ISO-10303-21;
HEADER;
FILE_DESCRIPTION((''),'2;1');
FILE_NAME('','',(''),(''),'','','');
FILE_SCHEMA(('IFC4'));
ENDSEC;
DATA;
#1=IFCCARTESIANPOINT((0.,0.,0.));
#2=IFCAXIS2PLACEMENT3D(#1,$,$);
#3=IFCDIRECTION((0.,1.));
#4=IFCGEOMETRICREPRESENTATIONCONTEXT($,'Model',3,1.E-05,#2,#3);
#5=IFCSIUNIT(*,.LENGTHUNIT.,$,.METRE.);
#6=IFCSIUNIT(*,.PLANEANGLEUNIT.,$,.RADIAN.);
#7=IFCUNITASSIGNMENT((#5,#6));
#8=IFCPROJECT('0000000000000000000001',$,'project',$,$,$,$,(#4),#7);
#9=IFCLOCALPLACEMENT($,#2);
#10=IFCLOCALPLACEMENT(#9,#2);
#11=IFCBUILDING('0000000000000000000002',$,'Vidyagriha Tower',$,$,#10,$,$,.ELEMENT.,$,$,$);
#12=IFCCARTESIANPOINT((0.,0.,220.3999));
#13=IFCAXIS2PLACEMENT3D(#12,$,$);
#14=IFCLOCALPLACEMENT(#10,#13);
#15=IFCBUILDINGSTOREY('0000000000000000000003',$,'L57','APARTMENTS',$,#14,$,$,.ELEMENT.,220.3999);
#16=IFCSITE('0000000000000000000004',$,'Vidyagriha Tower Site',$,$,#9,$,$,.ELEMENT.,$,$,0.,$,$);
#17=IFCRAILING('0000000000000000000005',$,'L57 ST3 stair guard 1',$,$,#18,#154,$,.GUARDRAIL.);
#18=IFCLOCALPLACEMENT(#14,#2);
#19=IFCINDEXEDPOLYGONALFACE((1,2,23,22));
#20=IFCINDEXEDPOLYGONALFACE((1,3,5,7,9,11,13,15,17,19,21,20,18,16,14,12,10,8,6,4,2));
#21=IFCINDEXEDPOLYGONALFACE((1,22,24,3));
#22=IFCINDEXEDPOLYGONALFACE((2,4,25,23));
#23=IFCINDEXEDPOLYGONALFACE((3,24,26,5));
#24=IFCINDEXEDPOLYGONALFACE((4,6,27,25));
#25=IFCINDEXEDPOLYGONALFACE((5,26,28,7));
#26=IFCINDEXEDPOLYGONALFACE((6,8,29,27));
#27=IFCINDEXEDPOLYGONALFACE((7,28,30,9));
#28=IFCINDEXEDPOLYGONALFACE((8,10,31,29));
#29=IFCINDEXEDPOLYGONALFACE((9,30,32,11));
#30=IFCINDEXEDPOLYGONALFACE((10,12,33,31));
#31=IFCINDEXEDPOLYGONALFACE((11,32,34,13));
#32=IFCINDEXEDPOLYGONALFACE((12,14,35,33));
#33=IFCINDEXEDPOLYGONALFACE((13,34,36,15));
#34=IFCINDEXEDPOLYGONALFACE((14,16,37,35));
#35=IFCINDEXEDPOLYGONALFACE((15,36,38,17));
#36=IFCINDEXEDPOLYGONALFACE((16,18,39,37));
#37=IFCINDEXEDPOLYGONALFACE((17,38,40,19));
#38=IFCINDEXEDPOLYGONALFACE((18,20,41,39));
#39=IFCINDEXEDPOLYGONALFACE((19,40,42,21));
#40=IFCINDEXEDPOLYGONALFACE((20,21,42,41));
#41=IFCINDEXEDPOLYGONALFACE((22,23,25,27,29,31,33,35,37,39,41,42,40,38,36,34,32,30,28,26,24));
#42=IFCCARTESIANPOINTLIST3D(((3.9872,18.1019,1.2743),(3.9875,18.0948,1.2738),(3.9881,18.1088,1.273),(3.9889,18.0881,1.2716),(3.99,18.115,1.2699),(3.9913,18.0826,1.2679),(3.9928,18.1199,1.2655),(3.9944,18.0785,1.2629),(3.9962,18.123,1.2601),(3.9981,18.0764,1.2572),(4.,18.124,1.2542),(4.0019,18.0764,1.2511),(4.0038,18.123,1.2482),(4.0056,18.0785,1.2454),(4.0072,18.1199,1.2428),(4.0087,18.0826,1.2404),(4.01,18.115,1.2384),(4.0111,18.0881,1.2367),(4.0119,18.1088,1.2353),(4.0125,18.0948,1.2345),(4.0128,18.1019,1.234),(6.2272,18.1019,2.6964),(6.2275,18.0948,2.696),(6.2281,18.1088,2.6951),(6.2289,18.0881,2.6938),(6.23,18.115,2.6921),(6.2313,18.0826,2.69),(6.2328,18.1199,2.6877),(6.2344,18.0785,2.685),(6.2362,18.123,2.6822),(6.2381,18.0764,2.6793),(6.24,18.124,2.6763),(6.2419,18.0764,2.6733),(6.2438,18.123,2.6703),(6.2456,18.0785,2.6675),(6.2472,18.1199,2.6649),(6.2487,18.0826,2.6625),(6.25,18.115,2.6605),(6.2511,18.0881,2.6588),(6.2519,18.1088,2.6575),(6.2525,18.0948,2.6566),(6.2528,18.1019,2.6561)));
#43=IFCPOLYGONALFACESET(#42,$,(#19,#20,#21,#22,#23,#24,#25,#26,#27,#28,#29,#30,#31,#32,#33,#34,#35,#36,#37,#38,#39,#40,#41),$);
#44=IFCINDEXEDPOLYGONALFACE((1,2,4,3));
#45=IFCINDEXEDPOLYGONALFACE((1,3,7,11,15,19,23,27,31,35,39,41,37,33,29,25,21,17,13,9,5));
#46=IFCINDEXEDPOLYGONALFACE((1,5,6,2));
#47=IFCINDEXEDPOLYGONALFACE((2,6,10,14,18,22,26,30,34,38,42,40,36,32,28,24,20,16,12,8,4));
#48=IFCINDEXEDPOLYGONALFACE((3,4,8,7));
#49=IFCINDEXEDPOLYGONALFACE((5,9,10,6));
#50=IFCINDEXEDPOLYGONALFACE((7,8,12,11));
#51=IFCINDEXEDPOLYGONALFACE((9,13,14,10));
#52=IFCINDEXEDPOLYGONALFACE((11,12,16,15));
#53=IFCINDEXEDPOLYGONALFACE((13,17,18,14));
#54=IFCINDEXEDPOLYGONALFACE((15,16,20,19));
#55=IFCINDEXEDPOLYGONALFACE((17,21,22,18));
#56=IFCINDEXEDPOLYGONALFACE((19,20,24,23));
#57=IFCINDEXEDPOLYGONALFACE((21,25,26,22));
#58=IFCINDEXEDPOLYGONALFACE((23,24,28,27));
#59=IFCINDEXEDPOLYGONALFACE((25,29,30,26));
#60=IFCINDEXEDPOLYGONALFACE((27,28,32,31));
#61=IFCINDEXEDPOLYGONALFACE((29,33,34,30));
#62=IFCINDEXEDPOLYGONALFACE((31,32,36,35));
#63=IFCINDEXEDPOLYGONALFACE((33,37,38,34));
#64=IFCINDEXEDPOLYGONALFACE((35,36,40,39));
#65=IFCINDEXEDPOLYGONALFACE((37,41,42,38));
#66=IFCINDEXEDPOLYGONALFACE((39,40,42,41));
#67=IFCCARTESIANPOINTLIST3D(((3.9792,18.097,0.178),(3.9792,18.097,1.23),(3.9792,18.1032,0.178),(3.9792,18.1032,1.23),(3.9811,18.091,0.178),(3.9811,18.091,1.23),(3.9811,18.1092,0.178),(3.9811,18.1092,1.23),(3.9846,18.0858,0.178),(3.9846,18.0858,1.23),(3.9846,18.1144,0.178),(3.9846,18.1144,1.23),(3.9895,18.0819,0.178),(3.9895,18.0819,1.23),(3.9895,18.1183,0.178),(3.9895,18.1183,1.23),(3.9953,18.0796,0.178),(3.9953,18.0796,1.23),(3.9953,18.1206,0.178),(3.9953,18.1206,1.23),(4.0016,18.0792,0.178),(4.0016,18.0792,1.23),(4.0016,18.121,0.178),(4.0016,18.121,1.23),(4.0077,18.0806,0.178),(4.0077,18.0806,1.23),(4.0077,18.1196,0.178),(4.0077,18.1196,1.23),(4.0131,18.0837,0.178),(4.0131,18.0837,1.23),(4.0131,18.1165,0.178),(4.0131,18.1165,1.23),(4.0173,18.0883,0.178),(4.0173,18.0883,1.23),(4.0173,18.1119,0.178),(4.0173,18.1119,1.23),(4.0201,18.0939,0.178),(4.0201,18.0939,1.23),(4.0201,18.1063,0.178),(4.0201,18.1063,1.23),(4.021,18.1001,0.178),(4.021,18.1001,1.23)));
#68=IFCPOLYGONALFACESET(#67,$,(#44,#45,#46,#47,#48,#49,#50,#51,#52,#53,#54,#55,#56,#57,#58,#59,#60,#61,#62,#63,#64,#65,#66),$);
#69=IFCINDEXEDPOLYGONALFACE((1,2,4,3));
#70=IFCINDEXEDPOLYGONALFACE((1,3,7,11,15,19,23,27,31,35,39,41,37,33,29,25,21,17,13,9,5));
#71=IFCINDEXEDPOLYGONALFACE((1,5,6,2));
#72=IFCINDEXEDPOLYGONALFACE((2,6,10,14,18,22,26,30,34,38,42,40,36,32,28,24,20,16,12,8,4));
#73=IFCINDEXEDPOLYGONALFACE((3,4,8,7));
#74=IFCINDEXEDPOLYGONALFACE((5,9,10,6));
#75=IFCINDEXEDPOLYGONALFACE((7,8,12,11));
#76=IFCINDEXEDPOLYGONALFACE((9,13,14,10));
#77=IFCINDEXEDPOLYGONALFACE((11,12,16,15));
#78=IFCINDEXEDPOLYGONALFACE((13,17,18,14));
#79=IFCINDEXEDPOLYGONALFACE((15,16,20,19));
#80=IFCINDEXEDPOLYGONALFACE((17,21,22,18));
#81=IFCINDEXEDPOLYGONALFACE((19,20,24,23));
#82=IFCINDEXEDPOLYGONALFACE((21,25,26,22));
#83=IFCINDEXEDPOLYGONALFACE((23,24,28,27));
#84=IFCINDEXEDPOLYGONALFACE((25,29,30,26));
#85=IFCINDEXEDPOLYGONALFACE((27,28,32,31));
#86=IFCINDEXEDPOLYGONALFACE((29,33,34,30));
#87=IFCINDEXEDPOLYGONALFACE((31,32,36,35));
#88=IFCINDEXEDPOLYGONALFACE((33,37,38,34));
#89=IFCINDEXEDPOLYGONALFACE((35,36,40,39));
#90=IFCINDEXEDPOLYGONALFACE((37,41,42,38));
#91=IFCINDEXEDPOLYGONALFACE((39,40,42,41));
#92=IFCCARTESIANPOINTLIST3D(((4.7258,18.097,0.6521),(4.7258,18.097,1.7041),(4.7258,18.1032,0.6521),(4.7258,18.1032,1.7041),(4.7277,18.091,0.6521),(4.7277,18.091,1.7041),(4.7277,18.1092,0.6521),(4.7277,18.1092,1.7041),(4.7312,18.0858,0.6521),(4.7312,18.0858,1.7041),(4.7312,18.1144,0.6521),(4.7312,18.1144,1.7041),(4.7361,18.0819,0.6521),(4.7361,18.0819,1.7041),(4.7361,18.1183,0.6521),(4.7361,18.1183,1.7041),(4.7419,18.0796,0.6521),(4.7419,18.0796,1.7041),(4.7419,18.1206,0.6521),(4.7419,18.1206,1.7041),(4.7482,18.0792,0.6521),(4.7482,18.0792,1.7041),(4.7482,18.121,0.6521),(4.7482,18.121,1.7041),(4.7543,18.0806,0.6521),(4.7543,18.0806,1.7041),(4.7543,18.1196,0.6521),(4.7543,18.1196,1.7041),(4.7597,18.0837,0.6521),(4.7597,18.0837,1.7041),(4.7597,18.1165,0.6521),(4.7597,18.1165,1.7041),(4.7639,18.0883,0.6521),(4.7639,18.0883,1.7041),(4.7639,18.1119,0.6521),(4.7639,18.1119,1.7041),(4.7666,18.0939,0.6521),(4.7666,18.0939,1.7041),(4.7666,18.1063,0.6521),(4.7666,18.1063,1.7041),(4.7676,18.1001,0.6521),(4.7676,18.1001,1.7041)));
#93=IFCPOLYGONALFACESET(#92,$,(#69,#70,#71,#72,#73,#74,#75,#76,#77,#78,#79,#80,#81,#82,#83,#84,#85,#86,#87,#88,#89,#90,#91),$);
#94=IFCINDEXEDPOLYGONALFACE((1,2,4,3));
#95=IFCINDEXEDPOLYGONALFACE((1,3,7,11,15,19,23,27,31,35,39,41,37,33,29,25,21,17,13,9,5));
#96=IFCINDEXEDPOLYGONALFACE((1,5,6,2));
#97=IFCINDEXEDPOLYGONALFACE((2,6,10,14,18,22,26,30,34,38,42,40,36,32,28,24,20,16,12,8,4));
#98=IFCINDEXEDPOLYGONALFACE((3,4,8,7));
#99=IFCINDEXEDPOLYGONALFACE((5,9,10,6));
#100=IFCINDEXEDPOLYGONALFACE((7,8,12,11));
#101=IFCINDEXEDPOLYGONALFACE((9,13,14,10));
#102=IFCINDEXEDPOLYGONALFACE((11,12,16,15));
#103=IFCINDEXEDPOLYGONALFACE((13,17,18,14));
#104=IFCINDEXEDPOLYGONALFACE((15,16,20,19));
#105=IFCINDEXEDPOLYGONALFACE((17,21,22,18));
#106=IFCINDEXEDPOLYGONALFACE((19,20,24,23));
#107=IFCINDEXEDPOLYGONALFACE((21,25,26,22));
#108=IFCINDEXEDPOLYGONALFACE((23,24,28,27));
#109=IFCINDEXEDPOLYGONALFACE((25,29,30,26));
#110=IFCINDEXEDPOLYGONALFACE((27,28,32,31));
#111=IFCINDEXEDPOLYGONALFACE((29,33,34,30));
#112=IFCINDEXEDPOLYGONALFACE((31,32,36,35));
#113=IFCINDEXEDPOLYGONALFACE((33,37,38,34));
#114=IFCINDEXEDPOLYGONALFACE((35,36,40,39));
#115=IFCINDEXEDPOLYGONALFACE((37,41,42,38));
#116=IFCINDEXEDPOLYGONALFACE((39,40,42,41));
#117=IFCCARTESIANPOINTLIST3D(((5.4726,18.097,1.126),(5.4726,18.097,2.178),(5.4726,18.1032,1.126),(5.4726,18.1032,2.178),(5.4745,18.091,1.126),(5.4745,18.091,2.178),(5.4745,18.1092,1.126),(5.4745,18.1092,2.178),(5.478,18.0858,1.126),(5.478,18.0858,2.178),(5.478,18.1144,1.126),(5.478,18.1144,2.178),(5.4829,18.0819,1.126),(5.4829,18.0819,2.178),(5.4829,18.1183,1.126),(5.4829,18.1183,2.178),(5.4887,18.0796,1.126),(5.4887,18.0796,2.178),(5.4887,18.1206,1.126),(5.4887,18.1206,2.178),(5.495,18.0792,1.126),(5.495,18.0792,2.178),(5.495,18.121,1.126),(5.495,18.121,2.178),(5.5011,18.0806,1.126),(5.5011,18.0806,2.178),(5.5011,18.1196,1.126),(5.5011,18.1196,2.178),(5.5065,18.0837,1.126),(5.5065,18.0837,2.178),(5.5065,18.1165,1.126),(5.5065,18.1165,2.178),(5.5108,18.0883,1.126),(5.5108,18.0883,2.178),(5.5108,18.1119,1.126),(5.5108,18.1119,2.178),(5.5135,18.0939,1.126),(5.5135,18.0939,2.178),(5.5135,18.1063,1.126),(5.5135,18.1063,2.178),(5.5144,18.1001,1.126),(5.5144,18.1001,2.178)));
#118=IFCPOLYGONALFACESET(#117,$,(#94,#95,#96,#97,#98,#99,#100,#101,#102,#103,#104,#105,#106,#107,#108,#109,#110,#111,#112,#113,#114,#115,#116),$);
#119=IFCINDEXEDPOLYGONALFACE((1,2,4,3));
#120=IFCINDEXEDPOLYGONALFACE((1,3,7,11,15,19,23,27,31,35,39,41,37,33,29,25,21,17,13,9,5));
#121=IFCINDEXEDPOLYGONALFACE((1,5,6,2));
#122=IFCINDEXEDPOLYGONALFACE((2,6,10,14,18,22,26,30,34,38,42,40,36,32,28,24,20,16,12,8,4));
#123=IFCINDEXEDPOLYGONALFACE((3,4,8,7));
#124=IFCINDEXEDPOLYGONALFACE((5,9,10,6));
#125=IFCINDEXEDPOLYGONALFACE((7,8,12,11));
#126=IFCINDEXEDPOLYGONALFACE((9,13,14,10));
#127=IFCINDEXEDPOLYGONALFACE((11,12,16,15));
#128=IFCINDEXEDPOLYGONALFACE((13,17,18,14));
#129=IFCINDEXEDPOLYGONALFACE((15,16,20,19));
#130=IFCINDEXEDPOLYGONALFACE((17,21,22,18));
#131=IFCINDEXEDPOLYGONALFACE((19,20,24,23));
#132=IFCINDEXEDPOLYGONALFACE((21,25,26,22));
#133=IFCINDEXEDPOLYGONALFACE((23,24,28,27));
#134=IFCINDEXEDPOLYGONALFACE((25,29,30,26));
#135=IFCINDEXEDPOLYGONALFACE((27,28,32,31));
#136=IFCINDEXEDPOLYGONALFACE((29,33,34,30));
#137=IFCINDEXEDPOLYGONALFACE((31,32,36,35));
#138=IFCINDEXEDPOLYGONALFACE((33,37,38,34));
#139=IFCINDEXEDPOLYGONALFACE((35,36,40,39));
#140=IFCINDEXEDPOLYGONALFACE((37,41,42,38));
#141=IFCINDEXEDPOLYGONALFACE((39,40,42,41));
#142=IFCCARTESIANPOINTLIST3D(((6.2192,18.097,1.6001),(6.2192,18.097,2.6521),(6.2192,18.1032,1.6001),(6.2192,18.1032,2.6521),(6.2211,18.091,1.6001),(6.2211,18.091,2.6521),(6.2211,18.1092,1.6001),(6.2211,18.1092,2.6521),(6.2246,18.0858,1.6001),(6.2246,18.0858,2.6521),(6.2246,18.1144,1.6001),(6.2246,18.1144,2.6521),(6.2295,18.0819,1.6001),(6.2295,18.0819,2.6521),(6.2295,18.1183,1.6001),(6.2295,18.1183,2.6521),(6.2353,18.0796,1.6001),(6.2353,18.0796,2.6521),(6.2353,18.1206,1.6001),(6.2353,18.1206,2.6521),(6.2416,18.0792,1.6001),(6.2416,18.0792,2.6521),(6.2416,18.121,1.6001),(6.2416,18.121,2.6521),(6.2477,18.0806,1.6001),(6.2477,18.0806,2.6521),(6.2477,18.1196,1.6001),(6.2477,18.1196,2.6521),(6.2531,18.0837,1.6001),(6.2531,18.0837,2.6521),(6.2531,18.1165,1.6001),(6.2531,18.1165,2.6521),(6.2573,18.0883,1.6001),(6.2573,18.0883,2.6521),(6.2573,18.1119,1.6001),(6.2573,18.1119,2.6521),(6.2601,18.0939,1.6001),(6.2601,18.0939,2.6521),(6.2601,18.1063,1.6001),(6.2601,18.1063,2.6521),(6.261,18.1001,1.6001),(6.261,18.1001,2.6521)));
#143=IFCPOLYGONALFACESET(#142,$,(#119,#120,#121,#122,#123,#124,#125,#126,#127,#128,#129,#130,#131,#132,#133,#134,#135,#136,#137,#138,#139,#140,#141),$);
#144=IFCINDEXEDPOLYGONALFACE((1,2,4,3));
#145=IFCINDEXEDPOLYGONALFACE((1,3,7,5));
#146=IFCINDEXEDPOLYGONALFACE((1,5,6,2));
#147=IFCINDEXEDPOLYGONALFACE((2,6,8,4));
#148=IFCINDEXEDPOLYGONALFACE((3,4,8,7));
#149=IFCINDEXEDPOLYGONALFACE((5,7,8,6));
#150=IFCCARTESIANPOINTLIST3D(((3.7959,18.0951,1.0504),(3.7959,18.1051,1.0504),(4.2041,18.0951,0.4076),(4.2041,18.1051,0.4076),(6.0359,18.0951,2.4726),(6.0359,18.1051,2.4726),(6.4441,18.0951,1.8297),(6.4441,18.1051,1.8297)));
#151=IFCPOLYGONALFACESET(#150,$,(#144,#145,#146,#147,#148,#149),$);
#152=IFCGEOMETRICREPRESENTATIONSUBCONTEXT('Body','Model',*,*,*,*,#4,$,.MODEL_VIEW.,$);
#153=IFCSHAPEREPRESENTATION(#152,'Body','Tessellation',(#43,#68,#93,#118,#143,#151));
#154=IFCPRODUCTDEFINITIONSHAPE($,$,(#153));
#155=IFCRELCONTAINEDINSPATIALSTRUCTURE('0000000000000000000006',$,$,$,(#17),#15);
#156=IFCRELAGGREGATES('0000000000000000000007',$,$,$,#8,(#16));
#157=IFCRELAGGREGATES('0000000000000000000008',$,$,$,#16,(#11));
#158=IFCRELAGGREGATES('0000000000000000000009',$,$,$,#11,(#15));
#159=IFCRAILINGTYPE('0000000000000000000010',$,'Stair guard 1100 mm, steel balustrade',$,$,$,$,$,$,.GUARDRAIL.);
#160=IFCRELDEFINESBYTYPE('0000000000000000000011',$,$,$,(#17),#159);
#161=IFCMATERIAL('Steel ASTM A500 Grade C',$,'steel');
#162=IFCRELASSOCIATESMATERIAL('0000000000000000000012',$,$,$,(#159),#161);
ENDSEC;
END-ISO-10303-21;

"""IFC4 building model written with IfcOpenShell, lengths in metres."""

from ifc_helpers import new_model, si_unit, direction, frame, origin, origin_2d, place, context, subcontext, project, spatial, rectangle, circle, extrude, material, type_object, element, save


model = new_model("IFC4")

# Units and contexts
model_context = context("Model", 3, precision=1e-05, world=origin(), true_north=direction((0.0, 1.0)))
body_context = subcontext(model_context, "Body", "Model", "MODEL_VIEW")
ifc_project = project(units=[si_unit("LENGTHUNIT", "METRE"), si_unit("PLANEANGLEUNIT", "RADIAN")], contexts=[model_context])

# Site, building, storey
site_placement = place(None, origin())
site = spatial("IfcSite", under=ifc_project, at=site_placement, Name="Vidyagriha Tower Site", CompositionType="ELEMENT", RefElevation=0.0)
building_placement = place(site_placement, origin())
building = spatial("IfcBuilding", under=site, at=building_placement, Name="Vidyagriha Tower", CompositionType="ELEMENT")
storey_placement = place(building_placement, frame((0.0, 0.0, 220.3999)))
storey = spatial("IfcBuildingStorey", under=building, at=storey_placement, Name="L57", Description="APARTMENTS", CompositionType="ELEMENT", Elevation=220.3999)

# Railing
ifc_material_1 = material(Name="Steel ASTM A500 Grade C", Category="steel")
railing_type_1 = type_object("IfcRailingType", Name="Stair guard 1100 mm, steel balustrade", PredefinedType="GUARDRAIL", material=ifc_material_1)
railing_1_placement = place(storey_placement, frame((4.0, 18.1001, 0.178)))
element("IfcRailing", 1, at=railing_1_placement, inside=storey, type_object=railing_type_1, Name="L57 ST3 stair guard 1", PredefinedType="GUARDRAIL", context=body_context, shape_type="SweptSolid", body=[
    extrude(circle(Radius=0.0239, at=origin_2d()), frame((0.0, 0.0, 1.0762), z_axis=(0.844229, 0.0, 0.535982), x_axis=(0.0, 1.0, 0.0)), (0.0, 0.0, 1.0), 2.6533),
    extrude(circle(Radius=0.021, at=origin_2d()), origin(), (0.0, 0.0, 1.0), 1.052),
    extrude(circle(Radius=0.021, at=origin_2d()), frame((0.7466, 0.0, 0.4741)), (0.0, 0.0, 1.0), 1.052),
    extrude(circle(Radius=0.021, at=origin_2d()), frame((1.4934, 0.0, 0.948)), (0.0, 0.0, 1.0), 1.052),
    extrude(circle(Radius=0.021, at=origin_2d()), frame((2.24, 0.0, 1.4221)), (0.0, 0.0, 1.0), 1.052),
    extrude(rectangle(XDim=0.01, YDim=0.7615, at=origin_2d()), frame((0.0, 0.0, 0.551), z_axis=(0.844229, 0.0, 0.535982), x_axis=(0.0, 1.0, 0.0)), (0.0, 0.0, 1.0), 2.6533),
])

save(model, "model.ifc")
